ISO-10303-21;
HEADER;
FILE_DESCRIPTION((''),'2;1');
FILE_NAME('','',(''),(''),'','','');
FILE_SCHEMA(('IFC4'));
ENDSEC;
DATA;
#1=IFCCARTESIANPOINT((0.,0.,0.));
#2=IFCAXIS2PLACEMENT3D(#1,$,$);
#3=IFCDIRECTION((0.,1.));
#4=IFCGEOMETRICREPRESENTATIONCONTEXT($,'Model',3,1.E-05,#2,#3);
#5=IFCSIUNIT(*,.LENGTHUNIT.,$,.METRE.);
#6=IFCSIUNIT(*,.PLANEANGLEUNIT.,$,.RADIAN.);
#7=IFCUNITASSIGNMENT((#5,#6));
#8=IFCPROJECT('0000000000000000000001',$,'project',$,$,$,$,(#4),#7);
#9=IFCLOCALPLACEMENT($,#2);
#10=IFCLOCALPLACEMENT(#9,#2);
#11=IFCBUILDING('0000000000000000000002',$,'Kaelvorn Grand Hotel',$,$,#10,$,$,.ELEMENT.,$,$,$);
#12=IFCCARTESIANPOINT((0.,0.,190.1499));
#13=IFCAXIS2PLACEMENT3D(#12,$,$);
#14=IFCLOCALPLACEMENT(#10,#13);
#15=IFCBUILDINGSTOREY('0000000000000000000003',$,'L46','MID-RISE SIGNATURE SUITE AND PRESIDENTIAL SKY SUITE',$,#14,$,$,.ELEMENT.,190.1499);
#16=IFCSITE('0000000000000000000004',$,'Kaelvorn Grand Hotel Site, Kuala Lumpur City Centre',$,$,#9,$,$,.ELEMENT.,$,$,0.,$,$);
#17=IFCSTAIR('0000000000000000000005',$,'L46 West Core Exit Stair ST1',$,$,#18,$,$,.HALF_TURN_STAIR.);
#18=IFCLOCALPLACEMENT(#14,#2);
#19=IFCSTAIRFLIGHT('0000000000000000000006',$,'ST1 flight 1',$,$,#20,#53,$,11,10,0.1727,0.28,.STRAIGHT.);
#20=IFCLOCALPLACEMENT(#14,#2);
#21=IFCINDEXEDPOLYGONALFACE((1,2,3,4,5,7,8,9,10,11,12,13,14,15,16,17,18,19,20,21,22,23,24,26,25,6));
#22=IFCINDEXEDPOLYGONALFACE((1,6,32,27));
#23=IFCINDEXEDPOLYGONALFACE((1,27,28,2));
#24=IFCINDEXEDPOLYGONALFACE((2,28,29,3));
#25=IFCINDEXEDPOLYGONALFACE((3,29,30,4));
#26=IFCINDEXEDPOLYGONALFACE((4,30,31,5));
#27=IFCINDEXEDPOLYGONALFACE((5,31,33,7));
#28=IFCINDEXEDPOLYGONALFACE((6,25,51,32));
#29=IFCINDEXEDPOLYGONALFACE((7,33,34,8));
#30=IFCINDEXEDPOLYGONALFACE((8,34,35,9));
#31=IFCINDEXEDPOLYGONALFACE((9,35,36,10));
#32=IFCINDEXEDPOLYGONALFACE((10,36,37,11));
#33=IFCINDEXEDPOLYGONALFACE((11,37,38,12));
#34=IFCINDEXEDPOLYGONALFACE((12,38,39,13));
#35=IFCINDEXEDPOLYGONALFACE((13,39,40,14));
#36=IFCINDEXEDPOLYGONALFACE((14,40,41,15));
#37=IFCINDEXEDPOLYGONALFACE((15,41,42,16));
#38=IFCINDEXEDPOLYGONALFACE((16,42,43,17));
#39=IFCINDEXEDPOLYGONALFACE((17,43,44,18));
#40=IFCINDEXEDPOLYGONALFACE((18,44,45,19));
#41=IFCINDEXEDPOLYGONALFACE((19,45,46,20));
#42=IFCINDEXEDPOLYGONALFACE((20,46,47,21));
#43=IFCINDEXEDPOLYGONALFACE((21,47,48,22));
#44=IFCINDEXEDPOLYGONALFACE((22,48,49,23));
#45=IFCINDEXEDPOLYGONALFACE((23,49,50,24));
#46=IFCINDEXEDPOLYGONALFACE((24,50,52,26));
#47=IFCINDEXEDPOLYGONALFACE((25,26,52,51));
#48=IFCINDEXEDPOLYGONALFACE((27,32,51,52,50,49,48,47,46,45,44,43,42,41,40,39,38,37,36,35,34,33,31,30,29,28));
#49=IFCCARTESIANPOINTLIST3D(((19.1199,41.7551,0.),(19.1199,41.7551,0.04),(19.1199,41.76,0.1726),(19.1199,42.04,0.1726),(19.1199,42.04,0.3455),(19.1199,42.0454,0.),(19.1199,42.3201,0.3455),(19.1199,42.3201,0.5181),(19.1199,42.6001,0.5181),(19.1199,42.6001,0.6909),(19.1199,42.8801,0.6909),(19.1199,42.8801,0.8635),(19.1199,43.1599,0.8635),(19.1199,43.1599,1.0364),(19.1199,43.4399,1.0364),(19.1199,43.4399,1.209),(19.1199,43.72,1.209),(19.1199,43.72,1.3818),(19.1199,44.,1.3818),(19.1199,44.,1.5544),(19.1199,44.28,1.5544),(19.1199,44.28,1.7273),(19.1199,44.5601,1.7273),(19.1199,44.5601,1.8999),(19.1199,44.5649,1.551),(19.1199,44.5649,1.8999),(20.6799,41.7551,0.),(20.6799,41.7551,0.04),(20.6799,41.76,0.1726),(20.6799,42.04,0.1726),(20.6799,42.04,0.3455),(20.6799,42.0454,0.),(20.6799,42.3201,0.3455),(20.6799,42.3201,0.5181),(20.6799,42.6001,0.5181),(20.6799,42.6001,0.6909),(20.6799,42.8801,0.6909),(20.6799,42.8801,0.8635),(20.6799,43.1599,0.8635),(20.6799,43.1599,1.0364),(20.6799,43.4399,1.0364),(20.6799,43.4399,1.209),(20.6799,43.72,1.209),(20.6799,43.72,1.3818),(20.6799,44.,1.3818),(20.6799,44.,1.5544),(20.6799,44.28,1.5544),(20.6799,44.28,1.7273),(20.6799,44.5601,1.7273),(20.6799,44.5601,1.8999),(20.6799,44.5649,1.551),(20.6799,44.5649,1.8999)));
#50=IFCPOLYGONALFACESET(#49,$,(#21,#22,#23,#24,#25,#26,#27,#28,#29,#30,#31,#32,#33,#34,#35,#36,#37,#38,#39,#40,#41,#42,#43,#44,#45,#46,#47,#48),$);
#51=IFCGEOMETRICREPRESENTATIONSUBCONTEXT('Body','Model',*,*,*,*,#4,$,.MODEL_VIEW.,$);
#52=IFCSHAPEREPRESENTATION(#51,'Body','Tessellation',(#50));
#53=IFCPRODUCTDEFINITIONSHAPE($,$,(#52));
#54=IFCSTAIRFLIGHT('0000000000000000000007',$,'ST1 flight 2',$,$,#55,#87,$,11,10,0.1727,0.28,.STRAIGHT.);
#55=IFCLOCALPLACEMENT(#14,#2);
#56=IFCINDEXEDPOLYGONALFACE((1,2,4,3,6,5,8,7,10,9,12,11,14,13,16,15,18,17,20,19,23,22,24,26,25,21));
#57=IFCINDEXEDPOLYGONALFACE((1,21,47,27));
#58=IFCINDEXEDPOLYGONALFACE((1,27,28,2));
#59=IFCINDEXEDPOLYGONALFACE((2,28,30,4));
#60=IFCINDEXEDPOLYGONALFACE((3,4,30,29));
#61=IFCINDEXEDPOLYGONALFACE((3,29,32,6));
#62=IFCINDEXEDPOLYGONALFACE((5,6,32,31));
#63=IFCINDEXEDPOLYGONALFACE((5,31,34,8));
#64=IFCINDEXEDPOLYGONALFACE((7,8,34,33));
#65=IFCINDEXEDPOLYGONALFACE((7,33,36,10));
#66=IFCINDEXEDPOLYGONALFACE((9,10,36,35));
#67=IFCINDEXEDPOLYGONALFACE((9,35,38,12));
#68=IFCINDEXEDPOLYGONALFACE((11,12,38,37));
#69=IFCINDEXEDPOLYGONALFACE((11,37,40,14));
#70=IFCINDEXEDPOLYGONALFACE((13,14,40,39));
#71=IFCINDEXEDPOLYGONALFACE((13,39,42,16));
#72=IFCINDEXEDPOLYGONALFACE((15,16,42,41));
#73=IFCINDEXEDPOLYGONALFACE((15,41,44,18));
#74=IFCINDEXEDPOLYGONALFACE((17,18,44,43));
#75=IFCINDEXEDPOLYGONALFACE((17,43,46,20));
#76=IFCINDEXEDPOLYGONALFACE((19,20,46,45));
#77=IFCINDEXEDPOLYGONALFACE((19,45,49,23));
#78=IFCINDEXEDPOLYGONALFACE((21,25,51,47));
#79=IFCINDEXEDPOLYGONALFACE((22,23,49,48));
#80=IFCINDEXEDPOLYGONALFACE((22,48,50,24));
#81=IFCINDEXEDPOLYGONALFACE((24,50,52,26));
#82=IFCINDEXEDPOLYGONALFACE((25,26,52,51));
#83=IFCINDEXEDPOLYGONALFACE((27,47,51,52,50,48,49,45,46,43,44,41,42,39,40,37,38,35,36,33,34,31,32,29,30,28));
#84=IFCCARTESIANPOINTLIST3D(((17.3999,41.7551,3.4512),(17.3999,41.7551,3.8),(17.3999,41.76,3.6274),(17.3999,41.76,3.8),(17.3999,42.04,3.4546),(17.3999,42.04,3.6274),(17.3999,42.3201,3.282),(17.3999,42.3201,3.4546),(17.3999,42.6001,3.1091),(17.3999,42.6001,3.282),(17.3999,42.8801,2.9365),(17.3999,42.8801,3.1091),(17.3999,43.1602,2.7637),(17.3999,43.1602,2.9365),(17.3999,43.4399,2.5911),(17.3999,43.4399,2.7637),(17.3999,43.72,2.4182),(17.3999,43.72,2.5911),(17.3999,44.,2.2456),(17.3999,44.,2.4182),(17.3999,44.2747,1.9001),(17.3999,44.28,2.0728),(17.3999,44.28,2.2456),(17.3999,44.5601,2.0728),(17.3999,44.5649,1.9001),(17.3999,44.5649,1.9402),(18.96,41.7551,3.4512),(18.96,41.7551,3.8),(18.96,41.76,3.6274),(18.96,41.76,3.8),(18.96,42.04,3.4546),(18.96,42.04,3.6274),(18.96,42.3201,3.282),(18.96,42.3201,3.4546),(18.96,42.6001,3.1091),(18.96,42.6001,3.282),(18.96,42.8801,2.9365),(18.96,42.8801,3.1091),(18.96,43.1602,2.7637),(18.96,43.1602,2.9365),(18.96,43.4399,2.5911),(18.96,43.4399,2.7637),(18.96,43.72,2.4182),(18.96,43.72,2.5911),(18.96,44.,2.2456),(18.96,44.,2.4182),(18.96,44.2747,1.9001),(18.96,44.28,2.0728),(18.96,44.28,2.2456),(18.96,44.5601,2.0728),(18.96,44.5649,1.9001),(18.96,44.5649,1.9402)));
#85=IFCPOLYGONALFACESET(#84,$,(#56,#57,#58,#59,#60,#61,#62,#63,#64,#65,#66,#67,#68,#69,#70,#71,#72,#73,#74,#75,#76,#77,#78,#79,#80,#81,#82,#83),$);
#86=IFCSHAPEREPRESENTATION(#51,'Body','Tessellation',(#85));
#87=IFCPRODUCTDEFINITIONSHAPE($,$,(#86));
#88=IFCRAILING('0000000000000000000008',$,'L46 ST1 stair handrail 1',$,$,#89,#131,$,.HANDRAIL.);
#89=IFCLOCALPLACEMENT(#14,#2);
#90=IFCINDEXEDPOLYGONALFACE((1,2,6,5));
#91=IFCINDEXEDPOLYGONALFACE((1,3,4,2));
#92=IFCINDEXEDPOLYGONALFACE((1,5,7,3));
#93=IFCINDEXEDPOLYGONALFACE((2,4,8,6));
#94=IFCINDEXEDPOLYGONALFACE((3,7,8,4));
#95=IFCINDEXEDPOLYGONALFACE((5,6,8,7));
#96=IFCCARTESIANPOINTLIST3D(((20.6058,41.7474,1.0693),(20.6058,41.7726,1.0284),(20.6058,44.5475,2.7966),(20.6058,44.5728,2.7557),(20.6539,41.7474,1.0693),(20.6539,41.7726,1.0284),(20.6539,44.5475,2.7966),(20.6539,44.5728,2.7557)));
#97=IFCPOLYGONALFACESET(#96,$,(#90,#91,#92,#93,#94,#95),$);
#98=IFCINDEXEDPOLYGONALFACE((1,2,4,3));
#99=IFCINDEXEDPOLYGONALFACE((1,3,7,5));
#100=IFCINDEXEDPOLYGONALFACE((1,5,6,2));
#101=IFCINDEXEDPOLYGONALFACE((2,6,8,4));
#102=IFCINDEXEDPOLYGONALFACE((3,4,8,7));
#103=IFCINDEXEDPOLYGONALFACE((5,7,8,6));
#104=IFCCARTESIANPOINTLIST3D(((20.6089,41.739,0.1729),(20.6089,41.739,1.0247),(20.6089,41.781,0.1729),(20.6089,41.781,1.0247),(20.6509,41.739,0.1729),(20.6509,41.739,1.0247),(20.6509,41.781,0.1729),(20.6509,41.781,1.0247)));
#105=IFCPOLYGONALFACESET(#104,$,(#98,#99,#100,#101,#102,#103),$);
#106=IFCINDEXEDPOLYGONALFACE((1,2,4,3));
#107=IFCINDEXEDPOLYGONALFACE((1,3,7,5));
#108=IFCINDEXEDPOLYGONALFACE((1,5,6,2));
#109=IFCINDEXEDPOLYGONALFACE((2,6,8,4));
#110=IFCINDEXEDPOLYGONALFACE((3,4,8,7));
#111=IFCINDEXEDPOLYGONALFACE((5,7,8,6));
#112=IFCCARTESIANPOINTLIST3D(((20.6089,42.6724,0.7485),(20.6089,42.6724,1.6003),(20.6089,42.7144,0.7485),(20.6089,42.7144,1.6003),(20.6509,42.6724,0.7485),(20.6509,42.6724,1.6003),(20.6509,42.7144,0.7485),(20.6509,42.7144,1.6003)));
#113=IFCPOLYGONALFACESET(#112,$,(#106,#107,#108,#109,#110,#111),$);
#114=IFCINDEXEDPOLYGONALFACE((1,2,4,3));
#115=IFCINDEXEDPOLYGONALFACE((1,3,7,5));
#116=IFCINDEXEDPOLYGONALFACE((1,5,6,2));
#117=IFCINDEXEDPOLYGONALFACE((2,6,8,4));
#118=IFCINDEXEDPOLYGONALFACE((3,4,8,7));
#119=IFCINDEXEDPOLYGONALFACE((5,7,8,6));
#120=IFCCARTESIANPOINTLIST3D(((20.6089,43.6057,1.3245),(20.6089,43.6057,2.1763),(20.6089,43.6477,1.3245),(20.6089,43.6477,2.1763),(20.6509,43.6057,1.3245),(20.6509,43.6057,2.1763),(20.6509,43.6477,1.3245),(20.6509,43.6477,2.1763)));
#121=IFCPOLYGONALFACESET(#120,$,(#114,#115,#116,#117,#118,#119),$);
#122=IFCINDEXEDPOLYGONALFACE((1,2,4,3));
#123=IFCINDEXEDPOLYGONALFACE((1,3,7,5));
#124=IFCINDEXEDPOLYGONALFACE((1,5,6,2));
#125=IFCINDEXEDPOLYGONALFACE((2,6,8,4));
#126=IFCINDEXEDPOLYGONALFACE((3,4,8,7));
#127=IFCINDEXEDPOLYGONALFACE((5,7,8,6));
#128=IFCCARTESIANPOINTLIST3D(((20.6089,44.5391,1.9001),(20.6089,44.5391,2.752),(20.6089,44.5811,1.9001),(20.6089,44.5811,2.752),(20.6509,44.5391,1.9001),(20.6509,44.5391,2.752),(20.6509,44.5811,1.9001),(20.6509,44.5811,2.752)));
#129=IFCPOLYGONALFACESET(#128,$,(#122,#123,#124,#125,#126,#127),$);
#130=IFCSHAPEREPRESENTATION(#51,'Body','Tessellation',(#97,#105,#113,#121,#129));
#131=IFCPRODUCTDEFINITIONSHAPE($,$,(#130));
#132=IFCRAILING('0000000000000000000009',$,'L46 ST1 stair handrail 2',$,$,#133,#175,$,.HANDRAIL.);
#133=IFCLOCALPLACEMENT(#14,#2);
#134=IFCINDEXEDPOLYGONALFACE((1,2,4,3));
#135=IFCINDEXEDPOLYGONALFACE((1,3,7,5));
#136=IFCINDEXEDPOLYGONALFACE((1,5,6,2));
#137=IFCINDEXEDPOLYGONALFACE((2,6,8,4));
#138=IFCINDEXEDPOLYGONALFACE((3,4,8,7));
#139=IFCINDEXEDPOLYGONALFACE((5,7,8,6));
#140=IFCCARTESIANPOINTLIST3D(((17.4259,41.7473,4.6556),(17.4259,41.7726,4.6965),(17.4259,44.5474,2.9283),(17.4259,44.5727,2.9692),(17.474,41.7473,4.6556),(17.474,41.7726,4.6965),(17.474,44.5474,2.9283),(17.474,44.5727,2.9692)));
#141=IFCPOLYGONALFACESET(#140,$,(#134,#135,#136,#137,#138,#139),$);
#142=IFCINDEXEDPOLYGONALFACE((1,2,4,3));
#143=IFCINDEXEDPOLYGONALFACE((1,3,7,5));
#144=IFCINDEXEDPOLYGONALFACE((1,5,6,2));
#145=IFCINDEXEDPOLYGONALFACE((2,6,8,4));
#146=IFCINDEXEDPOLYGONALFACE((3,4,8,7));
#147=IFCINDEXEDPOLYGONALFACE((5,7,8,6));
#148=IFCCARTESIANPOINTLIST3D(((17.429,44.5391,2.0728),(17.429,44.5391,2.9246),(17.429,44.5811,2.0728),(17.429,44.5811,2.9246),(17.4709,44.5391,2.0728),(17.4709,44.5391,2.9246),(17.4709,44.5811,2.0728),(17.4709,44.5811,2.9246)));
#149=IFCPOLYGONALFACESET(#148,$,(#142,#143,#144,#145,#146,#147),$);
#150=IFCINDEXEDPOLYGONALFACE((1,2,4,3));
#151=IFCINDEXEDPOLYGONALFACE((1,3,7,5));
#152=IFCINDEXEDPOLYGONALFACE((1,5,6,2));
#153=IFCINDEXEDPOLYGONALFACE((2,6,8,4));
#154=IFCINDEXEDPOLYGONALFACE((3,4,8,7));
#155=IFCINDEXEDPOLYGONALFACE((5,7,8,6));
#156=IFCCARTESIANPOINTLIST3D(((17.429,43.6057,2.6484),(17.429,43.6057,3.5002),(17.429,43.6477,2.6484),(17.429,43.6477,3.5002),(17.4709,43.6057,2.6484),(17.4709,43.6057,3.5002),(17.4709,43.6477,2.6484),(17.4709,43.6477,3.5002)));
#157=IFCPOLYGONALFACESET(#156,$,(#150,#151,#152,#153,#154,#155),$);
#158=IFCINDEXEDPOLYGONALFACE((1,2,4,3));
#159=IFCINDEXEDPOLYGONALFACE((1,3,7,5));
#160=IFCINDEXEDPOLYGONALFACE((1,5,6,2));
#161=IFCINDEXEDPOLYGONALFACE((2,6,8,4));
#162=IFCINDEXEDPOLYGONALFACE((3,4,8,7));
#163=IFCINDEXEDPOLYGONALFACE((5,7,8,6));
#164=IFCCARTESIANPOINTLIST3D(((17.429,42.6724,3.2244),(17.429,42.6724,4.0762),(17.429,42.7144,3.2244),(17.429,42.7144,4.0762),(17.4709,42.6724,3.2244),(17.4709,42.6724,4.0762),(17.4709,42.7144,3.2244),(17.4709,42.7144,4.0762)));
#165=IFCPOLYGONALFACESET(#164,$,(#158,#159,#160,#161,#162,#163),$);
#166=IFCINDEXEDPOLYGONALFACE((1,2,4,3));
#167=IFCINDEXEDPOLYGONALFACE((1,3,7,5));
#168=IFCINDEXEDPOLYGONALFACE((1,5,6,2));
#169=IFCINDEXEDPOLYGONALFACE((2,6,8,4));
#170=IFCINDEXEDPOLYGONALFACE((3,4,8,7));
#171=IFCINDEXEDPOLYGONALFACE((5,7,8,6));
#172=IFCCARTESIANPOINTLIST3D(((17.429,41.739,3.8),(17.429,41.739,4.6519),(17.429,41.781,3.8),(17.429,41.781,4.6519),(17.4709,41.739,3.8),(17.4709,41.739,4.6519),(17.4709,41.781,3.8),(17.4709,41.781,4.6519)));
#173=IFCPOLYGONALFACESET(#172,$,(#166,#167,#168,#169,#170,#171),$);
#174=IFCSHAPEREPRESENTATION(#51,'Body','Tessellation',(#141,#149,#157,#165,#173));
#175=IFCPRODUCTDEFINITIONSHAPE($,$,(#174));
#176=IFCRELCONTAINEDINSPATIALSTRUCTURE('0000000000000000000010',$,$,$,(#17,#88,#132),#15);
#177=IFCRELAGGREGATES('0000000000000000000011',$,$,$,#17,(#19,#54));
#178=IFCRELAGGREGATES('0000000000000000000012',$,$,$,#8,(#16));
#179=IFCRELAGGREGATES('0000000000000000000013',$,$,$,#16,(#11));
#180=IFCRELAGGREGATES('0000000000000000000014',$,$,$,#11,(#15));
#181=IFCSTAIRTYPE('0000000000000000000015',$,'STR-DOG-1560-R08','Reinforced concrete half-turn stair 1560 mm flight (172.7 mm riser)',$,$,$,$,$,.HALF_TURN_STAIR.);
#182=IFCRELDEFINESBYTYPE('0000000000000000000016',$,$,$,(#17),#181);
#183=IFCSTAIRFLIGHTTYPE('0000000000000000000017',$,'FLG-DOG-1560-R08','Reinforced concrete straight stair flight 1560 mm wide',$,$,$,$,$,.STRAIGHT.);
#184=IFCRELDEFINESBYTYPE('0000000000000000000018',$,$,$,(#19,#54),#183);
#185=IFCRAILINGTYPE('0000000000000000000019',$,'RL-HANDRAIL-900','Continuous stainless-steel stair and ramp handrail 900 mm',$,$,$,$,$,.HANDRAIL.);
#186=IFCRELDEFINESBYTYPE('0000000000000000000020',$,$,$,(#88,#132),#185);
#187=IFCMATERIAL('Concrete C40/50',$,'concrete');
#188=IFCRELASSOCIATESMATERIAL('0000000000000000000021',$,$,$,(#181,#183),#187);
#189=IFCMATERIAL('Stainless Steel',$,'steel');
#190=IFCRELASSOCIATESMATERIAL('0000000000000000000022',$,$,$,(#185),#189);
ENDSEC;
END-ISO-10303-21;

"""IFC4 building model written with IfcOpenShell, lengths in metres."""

from ifc_helpers import new_model, si_unit, direction, frame, origin, origin_2d, place, context, subcontext, project, spatial, polyline, rectangle, outline, extrude, material, type_object, element, aggregate, save


model = new_model("IFC4")

# Units and contexts
model_context = context("Model", 3, precision=1e-05, world=origin(), true_north=direction((0.0, 1.0)))
body_context = subcontext(model_context, "Body", "Model", "MODEL_VIEW")
ifc_project = project(units=[si_unit("LENGTHUNIT", "METRE"), si_unit("PLANEANGLEUNIT", "RADIAN")], contexts=[model_context])

# Site, building, storey
site_placement = place(None, origin())
site = spatial("IfcSite", under=ifc_project, at=site_placement, Name="Kaelvorn Grand Hotel Site, Kuala Lumpur City Centre", CompositionType="ELEMENT", RefElevation=0.0)
building_placement = place(site_placement, origin())
building = spatial("IfcBuilding", under=site, at=building_placement, Name="Kaelvorn Grand Hotel", CompositionType="ELEMENT")
storey_placement = place(building_placement, frame((0.0, 0.0, 190.1499)))
storey = spatial("IfcBuildingStorey", under=building, at=storey_placement, Name="L46", Description="MID-RISE SIGNATURE SUITE AND PRESIDENTIAL SKY SUITE", CompositionType="ELEMENT", Elevation=190.1499)

# Shared definitions
ifc_material_1 = material(Name="Concrete C40/50", Category="concrete")

# Stair, stair flights
stair_type = type_object("IfcStairType", Name="STR-DOG-1560-R08", Description="Reinforced concrete half-turn stair 1560 mm flight (172.7 mm riser)", PredefinedType="HALF_TURN_STAIR", material=ifc_material_1)
stair_placement = place(storey_placement, origin())
stair = element("IfcStair", 1, at=stair_placement, inside=storey, type_object=stair_type, Name="L46 West Core Exit Stair ST1", PredefinedType="HALF_TURN_STAIR")
stair_flight_type = type_object("IfcStairFlightType", Name="FLG-DOG-1560-R08", Description="Reinforced concrete straight stair flight 1560 mm wide", PredefinedType="STRAIGHT", material=ifc_material_1)
stair_flight_1_placement = place(storey_placement, frame((19.8999, 41.76, 0.0), z_axis=(0.0, 0.0, 1.0), x_axis=(0.0, 1.0, 0.0)))
stair_flight_1 = element("IfcStairFlight", 2, at=stair_flight_1_placement, type_object=stair_flight_type, Name="ST1 flight 1", NumberOfRisers=11, NumberOfTreads=10, PredefinedType="STRAIGHT", RiserHeight=0.1727, TreadLength=0.28, context=body_context, shape_type="SweptSolid", body=[
    extrude(outline(polyline([(-0.0049, 0.0), (-0.0049, 0.04), (0.0, 0.1726), (0.28, 0.1726), (0.28, 0.3455), (0.5601, 0.3455), (0.5601, 0.5181), (0.8401, 0.5181), (0.8401, 0.6909), (1.1201, 0.6909), (1.1201, 0.8635), (1.3999, 0.8635), (1.3999, 1.0364), (1.6799, 1.0364), (1.6799, 1.209), (1.96, 1.209), (1.96, 1.3818), (2.24, 1.3818), (2.24, 1.5544), (2.52, 1.5544), (2.52, 1.7273), (2.8, 1.7273), (2.8, 1.8999), (2.8049, 1.8999), (2.8049, 1.551), (0.2854, 0.0), (-0.0049, 0.0)])), frame((0.0, 0.78, 0.0), z_axis=(0.0, -1.0, 0.0), x_axis=(1.0, 0.0, 0.0)), (0.0, 0.0, 1.0), 1.5601),
])
stair_flight_2_placement = place(storey_placement, frame((18.1799, 44.5601, 1.9001), z_axis=(0.0, 0.0, 1.0), x_axis=(0.0, -1.0, 0.0)))
stair_flight_2 = element("IfcStairFlight", 3, at=stair_flight_2_placement, type_object=stair_flight_type, Name="ST1 flight 2", NumberOfRisers=11, NumberOfTreads=10, PredefinedType="STRAIGHT", RiserHeight=0.1727, TreadLength=0.28, context=body_context, shape_type="SweptSolid", body=[
    extrude(outline(polyline([(-0.0049, 0.0), (-0.0049, 0.04), (0.0, 0.1726), (0.28, 0.1726), (0.28, 0.3455), (0.5601, 0.3455), (0.5601, 0.5181), (0.8401, 0.5181), (0.8401, 0.6909), (1.1201, 0.6909), (1.1201, 0.8635), (1.3999, 0.8635), (1.3999, 1.0364), (1.6799, 1.0364), (1.6799, 1.209), (1.96, 1.209), (1.96, 1.3818), (2.24, 1.3818), (2.24, 1.5544), (2.52, 1.5544), (2.52, 1.7273), (2.8, 1.7273), (2.8, 1.8999), (2.8049, 1.8999), (2.8049, 1.551), (0.2854, 0.0), (-0.0049, 0.0)])), frame((0.0, 0.78, 0.0), z_axis=(0.0, -1.0, 0.0), x_axis=(1.0, 0.0, 0.0)), (0.0, 0.0, 1.0), 1.5601),
])
aggregate(stair, [stair_flight_1, stair_flight_2])

# Railings
ifc_material_2 = material(Name="Stainless Steel", Category="steel")
railing_type_1 = type_object("IfcRailingType", Name="RL-HANDRAIL-900", Description="Continuous stainless-steel stair and ramp handrail 900 mm", PredefinedType="HANDRAIL", material=ifc_material_2)
railing_1_placement = place(storey_placement, frame((20.6299, 41.76, 0.1729)))
element("IfcRailing", 4, at=railing_1_placement, inside=storey, type_object=railing_type_1, Name="L46 ST1 stair handrail 1", PredefinedType="HANDRAIL", context=body_context, shape_type="SweptSolid", body=[
    extrude(rectangle(XDim=0.0481, YDim=0.0481, at=origin_2d()), frame((0.0, 0.0, 0.876), z_axis=(0.0, 0.85109, 0.52502), x_axis=(-1.0, 0.0, 0.0)), (0.0, 0.0, 1.0), 3.29),
    extrude(rectangle(XDim=0.042, YDim=0.042, at=origin_2d()), origin(), (0.0, 0.0, 1.0), 0.8518),
    extrude(rectangle(XDim=0.042, YDim=0.042, at=origin_2d()), frame((0.0, 0.9333, 0.5757)), (0.0, 0.0, 1.0), 0.8518),
    extrude(rectangle(XDim=0.042, YDim=0.042, at=origin_2d()), frame((0.0, 1.8667, 1.1516)), (0.0, 0.0, 1.0), 0.8518),
    extrude(rectangle(XDim=0.042, YDim=0.042, at=origin_2d()), frame((0.0, 2.8, 1.7273)), (0.0, 0.0, 1.0), 0.8518),
])
railing_2_placement = place(storey_placement, frame((17.45, 44.5601, 2.0728)))
element("IfcRailing", 5, at=railing_2_placement, inside=storey, type_object=railing_type_1, Name="L46 ST1 stair handrail 2", PredefinedType="HANDRAIL", context=body_context, shape_type="SweptSolid", body=[
    extrude(rectangle(XDim=0.0481, YDim=0.0481, at=origin_2d()), frame((0.0, 0.0, 0.876), z_axis=(0.0, -0.85109, 0.52502), x_axis=(1.0, 0.0, 0.0)), (0.0, 0.0, 1.0), 3.29),
    extrude(rectangle(XDim=0.042, YDim=0.042, at=origin_2d()), origin(), (0.0, 0.0, 1.0), 0.8518),
    extrude(rectangle(XDim=0.042, YDim=0.042, at=origin_2d()), frame((0.0, -0.9333, 0.5757)), (0.0, 0.0, 1.0), 0.8518),
    extrude(rectangle(XDim=0.042, YDim=0.042, at=origin_2d()), frame((0.0, -1.8667, 1.1516)), (0.0, 0.0, 1.0), 0.8518),
    extrude(rectangle(XDim=0.042, YDim=0.042, at=origin_2d()), frame((0.0, -2.8, 1.7273)), (0.0, 0.0, 1.0), 0.8518),
])

save(model, "model.ifc")
